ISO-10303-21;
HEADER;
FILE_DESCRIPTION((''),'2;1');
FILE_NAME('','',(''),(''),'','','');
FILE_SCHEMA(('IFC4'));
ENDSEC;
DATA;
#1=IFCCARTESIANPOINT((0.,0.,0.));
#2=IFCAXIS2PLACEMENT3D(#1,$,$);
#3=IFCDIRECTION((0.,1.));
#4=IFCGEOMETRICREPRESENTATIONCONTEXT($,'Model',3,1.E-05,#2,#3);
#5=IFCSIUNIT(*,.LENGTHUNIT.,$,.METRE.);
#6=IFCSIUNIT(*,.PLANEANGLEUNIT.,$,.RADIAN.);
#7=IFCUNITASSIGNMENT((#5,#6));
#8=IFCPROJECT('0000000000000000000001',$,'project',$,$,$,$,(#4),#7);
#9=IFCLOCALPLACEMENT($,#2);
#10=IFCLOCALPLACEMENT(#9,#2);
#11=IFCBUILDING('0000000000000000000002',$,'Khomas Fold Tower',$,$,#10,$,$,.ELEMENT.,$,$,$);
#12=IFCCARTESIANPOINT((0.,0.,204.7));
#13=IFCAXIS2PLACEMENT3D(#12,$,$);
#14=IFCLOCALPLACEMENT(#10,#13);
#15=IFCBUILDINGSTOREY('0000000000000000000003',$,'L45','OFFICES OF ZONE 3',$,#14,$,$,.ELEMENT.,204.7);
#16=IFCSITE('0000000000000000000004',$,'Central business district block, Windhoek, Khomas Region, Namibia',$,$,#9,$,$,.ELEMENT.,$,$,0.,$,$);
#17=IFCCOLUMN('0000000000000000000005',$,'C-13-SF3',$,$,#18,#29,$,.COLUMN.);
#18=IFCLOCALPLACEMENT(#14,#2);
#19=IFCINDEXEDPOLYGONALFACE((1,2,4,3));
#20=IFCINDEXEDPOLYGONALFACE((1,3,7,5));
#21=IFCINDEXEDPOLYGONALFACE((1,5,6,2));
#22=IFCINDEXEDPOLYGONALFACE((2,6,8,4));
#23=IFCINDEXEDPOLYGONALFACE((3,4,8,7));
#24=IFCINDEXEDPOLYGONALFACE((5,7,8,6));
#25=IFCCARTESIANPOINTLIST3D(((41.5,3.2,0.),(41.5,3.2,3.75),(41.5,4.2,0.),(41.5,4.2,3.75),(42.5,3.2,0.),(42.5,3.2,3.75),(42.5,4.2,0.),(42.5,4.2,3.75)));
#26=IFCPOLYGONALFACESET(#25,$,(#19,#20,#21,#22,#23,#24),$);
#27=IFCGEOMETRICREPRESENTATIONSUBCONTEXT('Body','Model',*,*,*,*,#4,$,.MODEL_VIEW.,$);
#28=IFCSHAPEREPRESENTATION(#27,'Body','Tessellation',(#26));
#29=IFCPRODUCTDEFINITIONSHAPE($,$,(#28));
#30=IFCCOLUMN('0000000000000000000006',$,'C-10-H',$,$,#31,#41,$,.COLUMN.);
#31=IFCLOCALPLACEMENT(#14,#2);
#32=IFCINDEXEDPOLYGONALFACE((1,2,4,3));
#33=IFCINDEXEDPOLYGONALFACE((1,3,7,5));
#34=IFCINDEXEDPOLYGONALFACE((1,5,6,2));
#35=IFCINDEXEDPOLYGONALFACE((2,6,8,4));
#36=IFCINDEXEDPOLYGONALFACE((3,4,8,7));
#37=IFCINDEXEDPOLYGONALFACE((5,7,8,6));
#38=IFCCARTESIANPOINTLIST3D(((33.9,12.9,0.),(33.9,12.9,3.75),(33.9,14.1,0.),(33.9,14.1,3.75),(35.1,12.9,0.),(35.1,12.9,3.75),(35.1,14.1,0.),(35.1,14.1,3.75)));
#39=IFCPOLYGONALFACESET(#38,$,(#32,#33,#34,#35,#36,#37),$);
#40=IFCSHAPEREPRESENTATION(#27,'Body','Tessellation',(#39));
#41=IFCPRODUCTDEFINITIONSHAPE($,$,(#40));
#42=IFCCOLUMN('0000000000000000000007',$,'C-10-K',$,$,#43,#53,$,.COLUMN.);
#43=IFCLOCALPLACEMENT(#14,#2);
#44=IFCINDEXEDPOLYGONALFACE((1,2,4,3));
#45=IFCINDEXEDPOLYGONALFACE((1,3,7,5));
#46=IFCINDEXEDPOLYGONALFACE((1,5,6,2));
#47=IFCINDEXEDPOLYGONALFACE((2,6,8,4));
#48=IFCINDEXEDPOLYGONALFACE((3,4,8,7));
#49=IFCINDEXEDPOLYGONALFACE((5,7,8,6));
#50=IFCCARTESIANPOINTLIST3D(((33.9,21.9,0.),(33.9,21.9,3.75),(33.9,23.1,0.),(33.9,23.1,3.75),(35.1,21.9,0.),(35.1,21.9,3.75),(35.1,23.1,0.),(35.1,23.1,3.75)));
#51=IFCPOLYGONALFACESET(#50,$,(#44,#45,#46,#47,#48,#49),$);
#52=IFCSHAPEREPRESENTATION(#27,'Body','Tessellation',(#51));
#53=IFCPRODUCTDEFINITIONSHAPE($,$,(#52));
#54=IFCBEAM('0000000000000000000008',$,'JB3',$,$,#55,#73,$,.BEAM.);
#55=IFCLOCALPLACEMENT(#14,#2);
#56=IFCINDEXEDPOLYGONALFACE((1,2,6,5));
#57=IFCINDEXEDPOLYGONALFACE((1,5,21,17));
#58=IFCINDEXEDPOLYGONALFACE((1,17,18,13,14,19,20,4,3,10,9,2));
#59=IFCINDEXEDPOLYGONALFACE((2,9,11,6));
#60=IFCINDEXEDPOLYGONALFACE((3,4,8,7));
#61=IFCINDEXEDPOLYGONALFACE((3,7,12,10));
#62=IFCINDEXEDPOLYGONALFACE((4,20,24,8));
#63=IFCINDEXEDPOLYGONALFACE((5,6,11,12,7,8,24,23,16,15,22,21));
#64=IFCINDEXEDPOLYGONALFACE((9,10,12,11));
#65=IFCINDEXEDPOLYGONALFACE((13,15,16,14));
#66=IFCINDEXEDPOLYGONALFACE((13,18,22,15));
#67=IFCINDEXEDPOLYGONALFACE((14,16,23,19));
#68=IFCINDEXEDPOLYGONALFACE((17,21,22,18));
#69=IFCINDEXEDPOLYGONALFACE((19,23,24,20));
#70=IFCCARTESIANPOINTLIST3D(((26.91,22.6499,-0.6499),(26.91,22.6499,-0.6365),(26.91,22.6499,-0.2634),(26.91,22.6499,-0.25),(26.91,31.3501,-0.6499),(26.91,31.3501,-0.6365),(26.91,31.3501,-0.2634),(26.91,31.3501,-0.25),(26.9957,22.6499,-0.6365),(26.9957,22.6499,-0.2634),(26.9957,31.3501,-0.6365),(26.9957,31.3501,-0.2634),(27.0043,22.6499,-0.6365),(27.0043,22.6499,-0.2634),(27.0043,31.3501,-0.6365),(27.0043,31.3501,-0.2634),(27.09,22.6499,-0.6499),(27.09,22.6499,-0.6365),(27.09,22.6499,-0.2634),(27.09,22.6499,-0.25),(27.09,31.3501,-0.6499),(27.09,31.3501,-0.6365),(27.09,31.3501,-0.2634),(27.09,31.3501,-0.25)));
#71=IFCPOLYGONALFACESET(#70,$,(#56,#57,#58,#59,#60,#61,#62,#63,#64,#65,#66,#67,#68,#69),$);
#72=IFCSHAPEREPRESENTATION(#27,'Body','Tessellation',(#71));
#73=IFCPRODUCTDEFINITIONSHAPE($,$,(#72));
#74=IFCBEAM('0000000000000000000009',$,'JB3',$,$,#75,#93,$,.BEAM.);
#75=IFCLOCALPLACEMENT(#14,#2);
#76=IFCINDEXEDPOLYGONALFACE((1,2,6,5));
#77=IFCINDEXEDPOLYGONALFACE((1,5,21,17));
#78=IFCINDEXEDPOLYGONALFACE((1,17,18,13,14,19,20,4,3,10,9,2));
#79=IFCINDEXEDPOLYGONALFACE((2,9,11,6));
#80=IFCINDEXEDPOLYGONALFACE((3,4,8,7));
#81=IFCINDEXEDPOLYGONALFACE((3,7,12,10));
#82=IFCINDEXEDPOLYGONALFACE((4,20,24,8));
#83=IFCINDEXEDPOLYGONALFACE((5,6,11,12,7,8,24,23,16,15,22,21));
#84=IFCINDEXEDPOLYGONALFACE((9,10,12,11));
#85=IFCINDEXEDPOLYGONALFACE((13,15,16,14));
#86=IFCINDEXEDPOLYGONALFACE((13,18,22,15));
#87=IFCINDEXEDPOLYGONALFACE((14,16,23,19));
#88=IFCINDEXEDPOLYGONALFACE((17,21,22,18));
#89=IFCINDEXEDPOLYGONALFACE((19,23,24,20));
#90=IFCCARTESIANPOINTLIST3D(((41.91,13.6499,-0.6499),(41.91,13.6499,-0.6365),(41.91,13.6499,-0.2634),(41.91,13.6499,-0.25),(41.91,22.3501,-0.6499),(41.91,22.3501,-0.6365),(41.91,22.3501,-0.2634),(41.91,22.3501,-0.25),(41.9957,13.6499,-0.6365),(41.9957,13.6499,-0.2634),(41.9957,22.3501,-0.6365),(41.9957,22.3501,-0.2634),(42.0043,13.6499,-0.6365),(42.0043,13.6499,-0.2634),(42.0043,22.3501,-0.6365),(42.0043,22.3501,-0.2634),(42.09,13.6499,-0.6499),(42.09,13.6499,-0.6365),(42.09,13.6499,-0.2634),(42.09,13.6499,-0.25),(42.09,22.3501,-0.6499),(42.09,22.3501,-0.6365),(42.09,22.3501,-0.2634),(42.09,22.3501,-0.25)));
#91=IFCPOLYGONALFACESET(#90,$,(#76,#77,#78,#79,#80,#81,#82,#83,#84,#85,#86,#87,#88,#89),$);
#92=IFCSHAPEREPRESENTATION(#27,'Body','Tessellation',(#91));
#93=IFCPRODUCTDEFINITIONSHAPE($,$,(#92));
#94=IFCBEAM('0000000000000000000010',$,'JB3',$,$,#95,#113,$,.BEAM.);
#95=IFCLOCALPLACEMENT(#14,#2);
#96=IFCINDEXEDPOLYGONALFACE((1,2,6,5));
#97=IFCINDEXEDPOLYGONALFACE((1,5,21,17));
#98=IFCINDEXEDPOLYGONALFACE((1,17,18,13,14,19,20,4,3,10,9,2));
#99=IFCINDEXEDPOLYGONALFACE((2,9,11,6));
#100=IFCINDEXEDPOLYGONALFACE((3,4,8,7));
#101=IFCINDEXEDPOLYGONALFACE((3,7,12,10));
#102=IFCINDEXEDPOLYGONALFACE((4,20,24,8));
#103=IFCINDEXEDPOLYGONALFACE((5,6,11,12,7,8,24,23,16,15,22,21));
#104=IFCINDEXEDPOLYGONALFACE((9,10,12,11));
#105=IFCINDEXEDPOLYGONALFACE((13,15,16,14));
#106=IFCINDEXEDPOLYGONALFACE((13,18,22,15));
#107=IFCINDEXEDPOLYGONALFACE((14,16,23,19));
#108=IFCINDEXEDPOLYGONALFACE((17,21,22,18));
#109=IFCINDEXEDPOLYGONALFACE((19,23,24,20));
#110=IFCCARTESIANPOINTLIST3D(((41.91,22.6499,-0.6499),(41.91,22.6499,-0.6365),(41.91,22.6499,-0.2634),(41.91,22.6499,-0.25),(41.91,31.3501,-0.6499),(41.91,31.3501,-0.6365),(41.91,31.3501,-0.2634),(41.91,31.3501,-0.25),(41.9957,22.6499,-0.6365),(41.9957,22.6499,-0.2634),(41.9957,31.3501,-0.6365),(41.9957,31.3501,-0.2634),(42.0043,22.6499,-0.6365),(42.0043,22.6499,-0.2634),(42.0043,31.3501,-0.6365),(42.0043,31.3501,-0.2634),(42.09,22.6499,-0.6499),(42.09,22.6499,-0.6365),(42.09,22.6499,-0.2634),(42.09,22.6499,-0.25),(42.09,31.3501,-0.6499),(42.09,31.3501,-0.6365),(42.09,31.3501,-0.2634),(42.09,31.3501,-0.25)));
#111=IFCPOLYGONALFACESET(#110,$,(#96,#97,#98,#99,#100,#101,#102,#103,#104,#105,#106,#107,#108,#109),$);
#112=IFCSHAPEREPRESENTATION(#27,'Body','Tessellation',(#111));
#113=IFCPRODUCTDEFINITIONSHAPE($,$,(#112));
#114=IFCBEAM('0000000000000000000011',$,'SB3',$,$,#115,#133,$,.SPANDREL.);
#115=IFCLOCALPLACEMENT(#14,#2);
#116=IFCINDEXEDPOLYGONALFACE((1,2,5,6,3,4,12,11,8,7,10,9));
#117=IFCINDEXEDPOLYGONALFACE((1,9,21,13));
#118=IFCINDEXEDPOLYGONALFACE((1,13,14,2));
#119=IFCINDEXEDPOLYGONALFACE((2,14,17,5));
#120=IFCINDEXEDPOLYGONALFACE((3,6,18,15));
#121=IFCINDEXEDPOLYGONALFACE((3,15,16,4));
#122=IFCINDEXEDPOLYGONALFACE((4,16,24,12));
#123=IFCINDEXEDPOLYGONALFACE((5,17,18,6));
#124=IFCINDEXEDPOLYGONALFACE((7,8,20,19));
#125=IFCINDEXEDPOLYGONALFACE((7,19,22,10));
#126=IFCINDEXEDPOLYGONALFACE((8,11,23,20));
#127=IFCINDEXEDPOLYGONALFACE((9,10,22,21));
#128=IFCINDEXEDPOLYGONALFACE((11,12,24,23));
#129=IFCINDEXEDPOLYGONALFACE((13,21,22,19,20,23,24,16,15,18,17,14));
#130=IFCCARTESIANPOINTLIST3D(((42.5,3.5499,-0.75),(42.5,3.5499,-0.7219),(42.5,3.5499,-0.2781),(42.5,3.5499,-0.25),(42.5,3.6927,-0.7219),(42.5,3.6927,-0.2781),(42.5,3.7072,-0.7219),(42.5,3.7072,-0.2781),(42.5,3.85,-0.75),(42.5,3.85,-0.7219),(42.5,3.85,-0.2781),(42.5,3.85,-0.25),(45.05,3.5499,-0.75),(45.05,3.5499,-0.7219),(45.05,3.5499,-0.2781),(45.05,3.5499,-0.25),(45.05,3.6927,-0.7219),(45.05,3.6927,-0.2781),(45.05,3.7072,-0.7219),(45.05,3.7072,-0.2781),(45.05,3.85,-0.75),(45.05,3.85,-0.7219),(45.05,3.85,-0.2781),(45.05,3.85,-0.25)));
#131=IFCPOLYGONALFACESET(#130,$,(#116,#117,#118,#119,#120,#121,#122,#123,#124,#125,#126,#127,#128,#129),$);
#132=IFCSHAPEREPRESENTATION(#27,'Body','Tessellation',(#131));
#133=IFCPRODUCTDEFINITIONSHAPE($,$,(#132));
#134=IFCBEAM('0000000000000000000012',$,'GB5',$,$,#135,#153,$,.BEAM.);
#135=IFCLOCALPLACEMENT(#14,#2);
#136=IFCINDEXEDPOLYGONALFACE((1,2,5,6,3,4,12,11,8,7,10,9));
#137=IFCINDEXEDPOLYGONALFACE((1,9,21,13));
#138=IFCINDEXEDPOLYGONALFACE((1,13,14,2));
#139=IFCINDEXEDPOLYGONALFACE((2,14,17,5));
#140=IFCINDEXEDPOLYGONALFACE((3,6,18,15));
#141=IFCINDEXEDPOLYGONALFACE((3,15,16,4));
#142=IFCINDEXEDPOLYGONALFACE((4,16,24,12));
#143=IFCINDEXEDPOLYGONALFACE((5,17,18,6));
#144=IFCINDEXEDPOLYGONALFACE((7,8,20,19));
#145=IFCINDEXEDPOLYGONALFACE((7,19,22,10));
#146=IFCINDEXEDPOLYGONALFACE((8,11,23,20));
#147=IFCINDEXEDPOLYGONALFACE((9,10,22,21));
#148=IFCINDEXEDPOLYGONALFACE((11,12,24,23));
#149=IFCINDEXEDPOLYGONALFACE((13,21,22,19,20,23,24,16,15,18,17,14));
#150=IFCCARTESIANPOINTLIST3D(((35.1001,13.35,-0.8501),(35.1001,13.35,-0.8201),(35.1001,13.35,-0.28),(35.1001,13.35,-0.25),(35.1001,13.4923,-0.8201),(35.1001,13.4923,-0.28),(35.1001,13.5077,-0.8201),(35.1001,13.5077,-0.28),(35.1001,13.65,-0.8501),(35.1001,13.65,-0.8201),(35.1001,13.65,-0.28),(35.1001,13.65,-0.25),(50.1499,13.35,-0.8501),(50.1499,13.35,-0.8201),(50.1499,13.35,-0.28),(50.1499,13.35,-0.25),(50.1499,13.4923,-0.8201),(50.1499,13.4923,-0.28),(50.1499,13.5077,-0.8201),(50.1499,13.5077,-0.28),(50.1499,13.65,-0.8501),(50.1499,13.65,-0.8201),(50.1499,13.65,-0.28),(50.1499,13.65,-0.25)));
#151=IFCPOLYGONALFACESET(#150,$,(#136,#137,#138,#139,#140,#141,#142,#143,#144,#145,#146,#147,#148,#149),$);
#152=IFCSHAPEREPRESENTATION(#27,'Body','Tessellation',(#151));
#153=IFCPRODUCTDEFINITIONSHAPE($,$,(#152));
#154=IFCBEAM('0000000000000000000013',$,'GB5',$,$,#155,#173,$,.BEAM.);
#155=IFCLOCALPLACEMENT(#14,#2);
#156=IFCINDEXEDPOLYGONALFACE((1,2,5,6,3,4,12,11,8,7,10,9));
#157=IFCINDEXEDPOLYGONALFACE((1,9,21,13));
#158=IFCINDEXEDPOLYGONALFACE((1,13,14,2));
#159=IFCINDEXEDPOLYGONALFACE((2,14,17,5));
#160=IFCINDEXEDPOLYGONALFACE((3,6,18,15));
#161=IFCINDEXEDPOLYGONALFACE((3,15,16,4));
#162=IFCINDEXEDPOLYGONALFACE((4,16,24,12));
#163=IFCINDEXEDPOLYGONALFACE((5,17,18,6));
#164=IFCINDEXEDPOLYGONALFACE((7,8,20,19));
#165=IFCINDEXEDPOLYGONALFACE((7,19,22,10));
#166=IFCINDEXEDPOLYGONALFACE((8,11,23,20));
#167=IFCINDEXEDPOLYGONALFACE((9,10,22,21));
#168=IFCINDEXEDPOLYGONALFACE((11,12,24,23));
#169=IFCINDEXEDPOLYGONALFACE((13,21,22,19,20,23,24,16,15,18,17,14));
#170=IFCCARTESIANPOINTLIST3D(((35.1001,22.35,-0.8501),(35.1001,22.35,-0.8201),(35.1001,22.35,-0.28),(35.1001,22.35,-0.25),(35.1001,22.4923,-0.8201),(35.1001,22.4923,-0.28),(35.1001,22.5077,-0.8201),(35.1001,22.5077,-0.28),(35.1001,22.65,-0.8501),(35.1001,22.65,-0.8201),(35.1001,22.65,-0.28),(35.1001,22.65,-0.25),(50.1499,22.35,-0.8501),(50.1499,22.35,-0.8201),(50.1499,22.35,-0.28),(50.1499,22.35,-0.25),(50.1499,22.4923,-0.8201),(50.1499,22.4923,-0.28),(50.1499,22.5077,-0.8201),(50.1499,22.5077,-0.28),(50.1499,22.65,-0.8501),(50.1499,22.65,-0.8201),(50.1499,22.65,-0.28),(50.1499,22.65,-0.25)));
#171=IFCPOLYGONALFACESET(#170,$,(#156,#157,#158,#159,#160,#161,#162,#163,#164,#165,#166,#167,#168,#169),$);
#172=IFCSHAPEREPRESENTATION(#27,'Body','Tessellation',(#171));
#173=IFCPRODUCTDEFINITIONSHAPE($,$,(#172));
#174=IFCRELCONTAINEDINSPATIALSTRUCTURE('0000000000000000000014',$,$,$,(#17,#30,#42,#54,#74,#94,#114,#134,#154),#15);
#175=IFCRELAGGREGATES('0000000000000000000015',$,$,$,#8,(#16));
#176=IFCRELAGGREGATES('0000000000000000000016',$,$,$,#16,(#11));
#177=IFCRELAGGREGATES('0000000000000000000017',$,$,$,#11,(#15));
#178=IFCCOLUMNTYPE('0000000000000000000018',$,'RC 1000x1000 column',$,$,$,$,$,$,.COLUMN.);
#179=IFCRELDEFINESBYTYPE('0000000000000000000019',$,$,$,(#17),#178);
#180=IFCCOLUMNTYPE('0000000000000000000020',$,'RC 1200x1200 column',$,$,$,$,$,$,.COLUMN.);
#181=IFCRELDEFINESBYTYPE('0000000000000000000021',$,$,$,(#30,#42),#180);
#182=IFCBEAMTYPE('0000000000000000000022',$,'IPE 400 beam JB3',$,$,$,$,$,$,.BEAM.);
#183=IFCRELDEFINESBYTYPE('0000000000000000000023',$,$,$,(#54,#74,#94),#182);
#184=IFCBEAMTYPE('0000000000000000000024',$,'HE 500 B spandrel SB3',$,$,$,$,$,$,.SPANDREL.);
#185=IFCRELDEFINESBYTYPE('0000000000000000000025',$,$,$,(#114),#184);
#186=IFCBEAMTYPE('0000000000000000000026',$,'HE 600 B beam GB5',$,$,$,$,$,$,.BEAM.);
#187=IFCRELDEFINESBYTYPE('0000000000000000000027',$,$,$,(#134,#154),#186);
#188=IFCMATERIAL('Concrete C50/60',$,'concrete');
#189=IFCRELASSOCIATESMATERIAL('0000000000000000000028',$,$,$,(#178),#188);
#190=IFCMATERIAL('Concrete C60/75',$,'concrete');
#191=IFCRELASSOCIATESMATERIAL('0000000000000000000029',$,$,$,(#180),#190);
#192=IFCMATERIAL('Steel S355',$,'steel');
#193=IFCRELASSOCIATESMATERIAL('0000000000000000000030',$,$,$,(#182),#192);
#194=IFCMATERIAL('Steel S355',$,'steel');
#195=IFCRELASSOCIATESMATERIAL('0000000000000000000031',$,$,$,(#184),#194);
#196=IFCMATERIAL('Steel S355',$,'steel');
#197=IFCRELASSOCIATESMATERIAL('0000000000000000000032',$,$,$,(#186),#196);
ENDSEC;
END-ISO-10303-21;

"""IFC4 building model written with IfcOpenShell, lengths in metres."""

from ifc_helpers import new_model, si_unit, direction, frame, origin, origin_2d, place, context, subcontext, project, spatial, rectangle, i_section, extrude, source, transform, mapped, material, material_profile, profile_set, type_object, element, save


model = new_model("IFC4")

# Units and contexts
model_context = context("Model", 3, precision=1e-05, world=origin(), true_north=direction((0.0, 1.0)))
body_context = subcontext(model_context, "Body", "Model", "MODEL_VIEW")
ifc_project = project(units=[si_unit("LENGTHUNIT", "METRE"), si_unit("PLANEANGLEUNIT", "RADIAN")], contexts=[model_context])

# Site, building, storey
site_placement = place(None, origin())
site = spatial("IfcSite", under=ifc_project, at=site_placement, Name="Central business district block, Windhoek, Khomas Region, Namibia", CompositionType="ELEMENT", RefElevation=0.0)
building_placement = place(site_placement, origin())
building = spatial("IfcBuilding", under=site, at=building_placement, Name="Khomas Fold Tower", CompositionType="ELEMENT")
storey_placement = place(building_placement, frame((0.0, 0.0, 204.7)))
storey = spatial("IfcBuildingStorey", under=building, at=storey_placement, Name="L45", Description="OFFICES OF ZONE 3", CompositionType="ELEMENT", Elevation=204.7)

# Columns
ifc_material_1 = material(Name="Concrete C50/60", Category="concrete")
ifc_material_profile_1 = material_profile(ifc_material_1, rectangle(XDim=1.0, YDim=1.0, at=origin_2d()), Name="RC 1000x1000")
ifc_profile_set_1 = profile_set([ifc_material_profile_1], Name="Concrete C50/60")
column_type_1 = type_object("IfcColumnType", Name="RC 1000x1000 column", PredefinedType="COLUMN", material=ifc_profile_set_1)
shared_shape_1 = source(origin(), body_context, "Body", "SweptSolid", [
    extrude(rectangle(XDim=1.0, YDim=1.0, at=origin_2d()), origin(), (0.0, 0.0, 1.0), 3.75),
])
column_placement = place(storey_placement, frame((42.0, 3.7, 0.0), z_axis=(0.0, 0.0, 1.0), x_axis=(1.0, 0.0, 0.0)))
element("IfcColumn", 1, at=column_placement, inside=storey, type_object=column_type_1, Name="C-13-SF3", PredefinedType="COLUMN", context=body_context, shape_type="MappedRepresentation", body=[
    mapped(shared_shape_1, transform((0.0, 0.0, 0.0))),
])
ifc_material_2 = material(Name="Concrete C60/75", Category="concrete")
ifc_material_profile_2 = material_profile(ifc_material_2, rectangle(XDim=1.2, YDim=1.2, at=origin_2d()), Name="RC 1200x1200")
ifc_profile_set_2 = profile_set([ifc_material_profile_2], Name="Concrete C60/75")
column_type_2 = type_object("IfcColumnType", Name="RC 1200x1200 column", PredefinedType="COLUMN", material=ifc_profile_set_2)
shared_shape_2 = source(origin(), body_context, "Body", "SweptSolid", [
    extrude(rectangle(XDim=1.2, YDim=1.2, at=origin_2d()), origin(), (0.0, 0.0, 1.0), 3.75),
])
for number, where, z_axis, x_axis, name in (
    (2, (34.5, 13.5, 0.0), (0.0, 0.0, 1.0), (1.0, 0.0, 0.0), "C-10-H"),
    (3, (34.5, 22.5, 0.0), (0.0, 0.0, 1.0), (1.0, 0.0, 0.0), "C-10-K"),
):
    element("IfcColumn", number, at=place(storey_placement, frame(where, z_axis=z_axis, x_axis=x_axis)), inside=storey, type_object=column_type_2, Name=name, PredefinedType="COLUMN", context=body_context, shape_type="MappedRepresentation", body=[
        mapped(shared_shape_2, transform((0.0, 0.0, 0.0))),
    ])

# Beams
ifc_material_3 = material(Name="Steel S355", Category="steel")
ifc_material_profile_3 = material_profile(ifc_material_3, i_section(OverallWidth=0.1799, OverallDepth=0.3999, WebThickness=0.0085, FlangeThickness=0.0134, at=origin_2d()), Name="IPE 400")
ifc_profile_set_3 = profile_set([ifc_material_profile_3], Name="Steel S355")
beam_type_1 = type_object("IfcBeamType", Name="IPE 400 beam JB3", PredefinedType="BEAM", material=ifc_profile_set_3)
shared_shape_3 = source(origin(), body_context, "Body", "SweptSolid", [
    extrude(i_section(OverallWidth=0.1799, OverallDepth=0.3999, WebThickness=0.0085, FlangeThickness=0.0134, at=origin_2d()), origin(), (0.0, 0.0, 1.0), 8.7002),
])
for number, where, z_axis, x_axis, name in (
    (4, (27.0, 22.6499, -0.45), (0.0, 1.0, 0.0), (-1.0, 0.0, 0.0), "JB3"),
    (5, (42.0, 13.6499, -0.45), (0.0, 1.0, 0.0), (-1.0, 0.0, 0.0), "JB3"),
    (6, (42.0, 22.6499, -0.45), (0.0, 1.0, 0.0), (-1.0, 0.0, 0.0), "JB3"),
):
    element("IfcBeam", number, at=place(storey_placement, frame(where, z_axis=z_axis, x_axis=x_axis)), inside=storey, type_object=beam_type_1, Name=name, PredefinedType="BEAM", context=body_context, shape_type="MappedRepresentation", body=[
        mapped(shared_shape_3, transform((0.0, 0.0, 0.0))),
    ])
ifc_material_4 = material(Name="Steel S355", Category="steel")
ifc_material_profile_4 = material_profile(ifc_material_4, i_section(OverallWidth=0.3, OverallDepth=0.5, WebThickness=0.0144, FlangeThickness=0.0281, at=origin_2d()), Name="HE 500 B")
ifc_profile_set_4 = profile_set([ifc_material_profile_4], Name="Steel S355")
beam_type_2 = type_object("IfcBeamType", Name="HE 500 B spandrel SB3", PredefinedType="SPANDREL", material=ifc_profile_set_4)
shared_shape_4 = source(origin(), body_context, "Body", "SweptSolid", [
    extrude(i_section(OverallWidth=0.3, OverallDepth=0.5, WebThickness=0.0144, FlangeThickness=0.0281, at=origin_2d()), origin(), (0.0, 0.0, 1.0), 2.55),
])
beam_1_placement = place(storey_placement, frame((42.5, 3.7, -0.5), z_axis=(1.0, 0.0, 0.0), x_axis=(0.0, 1.0, 0.0)))
element("IfcBeam", 7, at=beam_1_placement, inside=storey, type_object=beam_type_2, Name="SB3", PredefinedType="SPANDREL", context=body_context, shape_type="MappedRepresentation", body=[
    mapped(shared_shape_4, transform((0.0, 0.0, 0.0))),
])
ifc_material_5 = material(Name="Steel S355", Category="steel")
ifc_material_profile_5 = material_profile(ifc_material_5, i_section(OverallWidth=0.3, OverallDepth=0.6001, WebThickness=0.0154, FlangeThickness=0.03, at=origin_2d()), Name="HE 600 B")
ifc_profile_set_5 = profile_set([ifc_material_profile_5], Name="Steel S355")
beam_type_3 = type_object("IfcBeamType", Name="HE 600 B beam GB5", PredefinedType="BEAM", material=ifc_profile_set_5)
shared_shape_5 = source(origin(), body_context, "Body", "SweptSolid", [
    extrude(i_section(OverallWidth=0.3, OverallDepth=0.6001, WebThickness=0.0154, FlangeThickness=0.03, at=origin_2d()), origin(), (0.0, 0.0, 1.0), 15.0498),
])
for number, where, z_axis, x_axis, name in (
    (8, (35.1001, 13.5, -0.55), (1.0, 0.0, 0.0), (0.0, 1.0, 0.0), "GB5"),
    (9, (35.1001, 22.5, -0.55), (1.0, 0.0, 0.0), (0.0, 1.0, 0.0), "GB5"),
):
    element("IfcBeam", number, at=place(storey_placement, frame(where, z_axis=z_axis, x_axis=x_axis)), inside=storey, type_object=beam_type_3, Name=name, PredefinedType="BEAM", context=body_context, shape_type="MappedRepresentation", body=[
        mapped(shared_shape_5, transform((0.0, 0.0, 0.0))),
    ])

save(model, "model.ifc")
